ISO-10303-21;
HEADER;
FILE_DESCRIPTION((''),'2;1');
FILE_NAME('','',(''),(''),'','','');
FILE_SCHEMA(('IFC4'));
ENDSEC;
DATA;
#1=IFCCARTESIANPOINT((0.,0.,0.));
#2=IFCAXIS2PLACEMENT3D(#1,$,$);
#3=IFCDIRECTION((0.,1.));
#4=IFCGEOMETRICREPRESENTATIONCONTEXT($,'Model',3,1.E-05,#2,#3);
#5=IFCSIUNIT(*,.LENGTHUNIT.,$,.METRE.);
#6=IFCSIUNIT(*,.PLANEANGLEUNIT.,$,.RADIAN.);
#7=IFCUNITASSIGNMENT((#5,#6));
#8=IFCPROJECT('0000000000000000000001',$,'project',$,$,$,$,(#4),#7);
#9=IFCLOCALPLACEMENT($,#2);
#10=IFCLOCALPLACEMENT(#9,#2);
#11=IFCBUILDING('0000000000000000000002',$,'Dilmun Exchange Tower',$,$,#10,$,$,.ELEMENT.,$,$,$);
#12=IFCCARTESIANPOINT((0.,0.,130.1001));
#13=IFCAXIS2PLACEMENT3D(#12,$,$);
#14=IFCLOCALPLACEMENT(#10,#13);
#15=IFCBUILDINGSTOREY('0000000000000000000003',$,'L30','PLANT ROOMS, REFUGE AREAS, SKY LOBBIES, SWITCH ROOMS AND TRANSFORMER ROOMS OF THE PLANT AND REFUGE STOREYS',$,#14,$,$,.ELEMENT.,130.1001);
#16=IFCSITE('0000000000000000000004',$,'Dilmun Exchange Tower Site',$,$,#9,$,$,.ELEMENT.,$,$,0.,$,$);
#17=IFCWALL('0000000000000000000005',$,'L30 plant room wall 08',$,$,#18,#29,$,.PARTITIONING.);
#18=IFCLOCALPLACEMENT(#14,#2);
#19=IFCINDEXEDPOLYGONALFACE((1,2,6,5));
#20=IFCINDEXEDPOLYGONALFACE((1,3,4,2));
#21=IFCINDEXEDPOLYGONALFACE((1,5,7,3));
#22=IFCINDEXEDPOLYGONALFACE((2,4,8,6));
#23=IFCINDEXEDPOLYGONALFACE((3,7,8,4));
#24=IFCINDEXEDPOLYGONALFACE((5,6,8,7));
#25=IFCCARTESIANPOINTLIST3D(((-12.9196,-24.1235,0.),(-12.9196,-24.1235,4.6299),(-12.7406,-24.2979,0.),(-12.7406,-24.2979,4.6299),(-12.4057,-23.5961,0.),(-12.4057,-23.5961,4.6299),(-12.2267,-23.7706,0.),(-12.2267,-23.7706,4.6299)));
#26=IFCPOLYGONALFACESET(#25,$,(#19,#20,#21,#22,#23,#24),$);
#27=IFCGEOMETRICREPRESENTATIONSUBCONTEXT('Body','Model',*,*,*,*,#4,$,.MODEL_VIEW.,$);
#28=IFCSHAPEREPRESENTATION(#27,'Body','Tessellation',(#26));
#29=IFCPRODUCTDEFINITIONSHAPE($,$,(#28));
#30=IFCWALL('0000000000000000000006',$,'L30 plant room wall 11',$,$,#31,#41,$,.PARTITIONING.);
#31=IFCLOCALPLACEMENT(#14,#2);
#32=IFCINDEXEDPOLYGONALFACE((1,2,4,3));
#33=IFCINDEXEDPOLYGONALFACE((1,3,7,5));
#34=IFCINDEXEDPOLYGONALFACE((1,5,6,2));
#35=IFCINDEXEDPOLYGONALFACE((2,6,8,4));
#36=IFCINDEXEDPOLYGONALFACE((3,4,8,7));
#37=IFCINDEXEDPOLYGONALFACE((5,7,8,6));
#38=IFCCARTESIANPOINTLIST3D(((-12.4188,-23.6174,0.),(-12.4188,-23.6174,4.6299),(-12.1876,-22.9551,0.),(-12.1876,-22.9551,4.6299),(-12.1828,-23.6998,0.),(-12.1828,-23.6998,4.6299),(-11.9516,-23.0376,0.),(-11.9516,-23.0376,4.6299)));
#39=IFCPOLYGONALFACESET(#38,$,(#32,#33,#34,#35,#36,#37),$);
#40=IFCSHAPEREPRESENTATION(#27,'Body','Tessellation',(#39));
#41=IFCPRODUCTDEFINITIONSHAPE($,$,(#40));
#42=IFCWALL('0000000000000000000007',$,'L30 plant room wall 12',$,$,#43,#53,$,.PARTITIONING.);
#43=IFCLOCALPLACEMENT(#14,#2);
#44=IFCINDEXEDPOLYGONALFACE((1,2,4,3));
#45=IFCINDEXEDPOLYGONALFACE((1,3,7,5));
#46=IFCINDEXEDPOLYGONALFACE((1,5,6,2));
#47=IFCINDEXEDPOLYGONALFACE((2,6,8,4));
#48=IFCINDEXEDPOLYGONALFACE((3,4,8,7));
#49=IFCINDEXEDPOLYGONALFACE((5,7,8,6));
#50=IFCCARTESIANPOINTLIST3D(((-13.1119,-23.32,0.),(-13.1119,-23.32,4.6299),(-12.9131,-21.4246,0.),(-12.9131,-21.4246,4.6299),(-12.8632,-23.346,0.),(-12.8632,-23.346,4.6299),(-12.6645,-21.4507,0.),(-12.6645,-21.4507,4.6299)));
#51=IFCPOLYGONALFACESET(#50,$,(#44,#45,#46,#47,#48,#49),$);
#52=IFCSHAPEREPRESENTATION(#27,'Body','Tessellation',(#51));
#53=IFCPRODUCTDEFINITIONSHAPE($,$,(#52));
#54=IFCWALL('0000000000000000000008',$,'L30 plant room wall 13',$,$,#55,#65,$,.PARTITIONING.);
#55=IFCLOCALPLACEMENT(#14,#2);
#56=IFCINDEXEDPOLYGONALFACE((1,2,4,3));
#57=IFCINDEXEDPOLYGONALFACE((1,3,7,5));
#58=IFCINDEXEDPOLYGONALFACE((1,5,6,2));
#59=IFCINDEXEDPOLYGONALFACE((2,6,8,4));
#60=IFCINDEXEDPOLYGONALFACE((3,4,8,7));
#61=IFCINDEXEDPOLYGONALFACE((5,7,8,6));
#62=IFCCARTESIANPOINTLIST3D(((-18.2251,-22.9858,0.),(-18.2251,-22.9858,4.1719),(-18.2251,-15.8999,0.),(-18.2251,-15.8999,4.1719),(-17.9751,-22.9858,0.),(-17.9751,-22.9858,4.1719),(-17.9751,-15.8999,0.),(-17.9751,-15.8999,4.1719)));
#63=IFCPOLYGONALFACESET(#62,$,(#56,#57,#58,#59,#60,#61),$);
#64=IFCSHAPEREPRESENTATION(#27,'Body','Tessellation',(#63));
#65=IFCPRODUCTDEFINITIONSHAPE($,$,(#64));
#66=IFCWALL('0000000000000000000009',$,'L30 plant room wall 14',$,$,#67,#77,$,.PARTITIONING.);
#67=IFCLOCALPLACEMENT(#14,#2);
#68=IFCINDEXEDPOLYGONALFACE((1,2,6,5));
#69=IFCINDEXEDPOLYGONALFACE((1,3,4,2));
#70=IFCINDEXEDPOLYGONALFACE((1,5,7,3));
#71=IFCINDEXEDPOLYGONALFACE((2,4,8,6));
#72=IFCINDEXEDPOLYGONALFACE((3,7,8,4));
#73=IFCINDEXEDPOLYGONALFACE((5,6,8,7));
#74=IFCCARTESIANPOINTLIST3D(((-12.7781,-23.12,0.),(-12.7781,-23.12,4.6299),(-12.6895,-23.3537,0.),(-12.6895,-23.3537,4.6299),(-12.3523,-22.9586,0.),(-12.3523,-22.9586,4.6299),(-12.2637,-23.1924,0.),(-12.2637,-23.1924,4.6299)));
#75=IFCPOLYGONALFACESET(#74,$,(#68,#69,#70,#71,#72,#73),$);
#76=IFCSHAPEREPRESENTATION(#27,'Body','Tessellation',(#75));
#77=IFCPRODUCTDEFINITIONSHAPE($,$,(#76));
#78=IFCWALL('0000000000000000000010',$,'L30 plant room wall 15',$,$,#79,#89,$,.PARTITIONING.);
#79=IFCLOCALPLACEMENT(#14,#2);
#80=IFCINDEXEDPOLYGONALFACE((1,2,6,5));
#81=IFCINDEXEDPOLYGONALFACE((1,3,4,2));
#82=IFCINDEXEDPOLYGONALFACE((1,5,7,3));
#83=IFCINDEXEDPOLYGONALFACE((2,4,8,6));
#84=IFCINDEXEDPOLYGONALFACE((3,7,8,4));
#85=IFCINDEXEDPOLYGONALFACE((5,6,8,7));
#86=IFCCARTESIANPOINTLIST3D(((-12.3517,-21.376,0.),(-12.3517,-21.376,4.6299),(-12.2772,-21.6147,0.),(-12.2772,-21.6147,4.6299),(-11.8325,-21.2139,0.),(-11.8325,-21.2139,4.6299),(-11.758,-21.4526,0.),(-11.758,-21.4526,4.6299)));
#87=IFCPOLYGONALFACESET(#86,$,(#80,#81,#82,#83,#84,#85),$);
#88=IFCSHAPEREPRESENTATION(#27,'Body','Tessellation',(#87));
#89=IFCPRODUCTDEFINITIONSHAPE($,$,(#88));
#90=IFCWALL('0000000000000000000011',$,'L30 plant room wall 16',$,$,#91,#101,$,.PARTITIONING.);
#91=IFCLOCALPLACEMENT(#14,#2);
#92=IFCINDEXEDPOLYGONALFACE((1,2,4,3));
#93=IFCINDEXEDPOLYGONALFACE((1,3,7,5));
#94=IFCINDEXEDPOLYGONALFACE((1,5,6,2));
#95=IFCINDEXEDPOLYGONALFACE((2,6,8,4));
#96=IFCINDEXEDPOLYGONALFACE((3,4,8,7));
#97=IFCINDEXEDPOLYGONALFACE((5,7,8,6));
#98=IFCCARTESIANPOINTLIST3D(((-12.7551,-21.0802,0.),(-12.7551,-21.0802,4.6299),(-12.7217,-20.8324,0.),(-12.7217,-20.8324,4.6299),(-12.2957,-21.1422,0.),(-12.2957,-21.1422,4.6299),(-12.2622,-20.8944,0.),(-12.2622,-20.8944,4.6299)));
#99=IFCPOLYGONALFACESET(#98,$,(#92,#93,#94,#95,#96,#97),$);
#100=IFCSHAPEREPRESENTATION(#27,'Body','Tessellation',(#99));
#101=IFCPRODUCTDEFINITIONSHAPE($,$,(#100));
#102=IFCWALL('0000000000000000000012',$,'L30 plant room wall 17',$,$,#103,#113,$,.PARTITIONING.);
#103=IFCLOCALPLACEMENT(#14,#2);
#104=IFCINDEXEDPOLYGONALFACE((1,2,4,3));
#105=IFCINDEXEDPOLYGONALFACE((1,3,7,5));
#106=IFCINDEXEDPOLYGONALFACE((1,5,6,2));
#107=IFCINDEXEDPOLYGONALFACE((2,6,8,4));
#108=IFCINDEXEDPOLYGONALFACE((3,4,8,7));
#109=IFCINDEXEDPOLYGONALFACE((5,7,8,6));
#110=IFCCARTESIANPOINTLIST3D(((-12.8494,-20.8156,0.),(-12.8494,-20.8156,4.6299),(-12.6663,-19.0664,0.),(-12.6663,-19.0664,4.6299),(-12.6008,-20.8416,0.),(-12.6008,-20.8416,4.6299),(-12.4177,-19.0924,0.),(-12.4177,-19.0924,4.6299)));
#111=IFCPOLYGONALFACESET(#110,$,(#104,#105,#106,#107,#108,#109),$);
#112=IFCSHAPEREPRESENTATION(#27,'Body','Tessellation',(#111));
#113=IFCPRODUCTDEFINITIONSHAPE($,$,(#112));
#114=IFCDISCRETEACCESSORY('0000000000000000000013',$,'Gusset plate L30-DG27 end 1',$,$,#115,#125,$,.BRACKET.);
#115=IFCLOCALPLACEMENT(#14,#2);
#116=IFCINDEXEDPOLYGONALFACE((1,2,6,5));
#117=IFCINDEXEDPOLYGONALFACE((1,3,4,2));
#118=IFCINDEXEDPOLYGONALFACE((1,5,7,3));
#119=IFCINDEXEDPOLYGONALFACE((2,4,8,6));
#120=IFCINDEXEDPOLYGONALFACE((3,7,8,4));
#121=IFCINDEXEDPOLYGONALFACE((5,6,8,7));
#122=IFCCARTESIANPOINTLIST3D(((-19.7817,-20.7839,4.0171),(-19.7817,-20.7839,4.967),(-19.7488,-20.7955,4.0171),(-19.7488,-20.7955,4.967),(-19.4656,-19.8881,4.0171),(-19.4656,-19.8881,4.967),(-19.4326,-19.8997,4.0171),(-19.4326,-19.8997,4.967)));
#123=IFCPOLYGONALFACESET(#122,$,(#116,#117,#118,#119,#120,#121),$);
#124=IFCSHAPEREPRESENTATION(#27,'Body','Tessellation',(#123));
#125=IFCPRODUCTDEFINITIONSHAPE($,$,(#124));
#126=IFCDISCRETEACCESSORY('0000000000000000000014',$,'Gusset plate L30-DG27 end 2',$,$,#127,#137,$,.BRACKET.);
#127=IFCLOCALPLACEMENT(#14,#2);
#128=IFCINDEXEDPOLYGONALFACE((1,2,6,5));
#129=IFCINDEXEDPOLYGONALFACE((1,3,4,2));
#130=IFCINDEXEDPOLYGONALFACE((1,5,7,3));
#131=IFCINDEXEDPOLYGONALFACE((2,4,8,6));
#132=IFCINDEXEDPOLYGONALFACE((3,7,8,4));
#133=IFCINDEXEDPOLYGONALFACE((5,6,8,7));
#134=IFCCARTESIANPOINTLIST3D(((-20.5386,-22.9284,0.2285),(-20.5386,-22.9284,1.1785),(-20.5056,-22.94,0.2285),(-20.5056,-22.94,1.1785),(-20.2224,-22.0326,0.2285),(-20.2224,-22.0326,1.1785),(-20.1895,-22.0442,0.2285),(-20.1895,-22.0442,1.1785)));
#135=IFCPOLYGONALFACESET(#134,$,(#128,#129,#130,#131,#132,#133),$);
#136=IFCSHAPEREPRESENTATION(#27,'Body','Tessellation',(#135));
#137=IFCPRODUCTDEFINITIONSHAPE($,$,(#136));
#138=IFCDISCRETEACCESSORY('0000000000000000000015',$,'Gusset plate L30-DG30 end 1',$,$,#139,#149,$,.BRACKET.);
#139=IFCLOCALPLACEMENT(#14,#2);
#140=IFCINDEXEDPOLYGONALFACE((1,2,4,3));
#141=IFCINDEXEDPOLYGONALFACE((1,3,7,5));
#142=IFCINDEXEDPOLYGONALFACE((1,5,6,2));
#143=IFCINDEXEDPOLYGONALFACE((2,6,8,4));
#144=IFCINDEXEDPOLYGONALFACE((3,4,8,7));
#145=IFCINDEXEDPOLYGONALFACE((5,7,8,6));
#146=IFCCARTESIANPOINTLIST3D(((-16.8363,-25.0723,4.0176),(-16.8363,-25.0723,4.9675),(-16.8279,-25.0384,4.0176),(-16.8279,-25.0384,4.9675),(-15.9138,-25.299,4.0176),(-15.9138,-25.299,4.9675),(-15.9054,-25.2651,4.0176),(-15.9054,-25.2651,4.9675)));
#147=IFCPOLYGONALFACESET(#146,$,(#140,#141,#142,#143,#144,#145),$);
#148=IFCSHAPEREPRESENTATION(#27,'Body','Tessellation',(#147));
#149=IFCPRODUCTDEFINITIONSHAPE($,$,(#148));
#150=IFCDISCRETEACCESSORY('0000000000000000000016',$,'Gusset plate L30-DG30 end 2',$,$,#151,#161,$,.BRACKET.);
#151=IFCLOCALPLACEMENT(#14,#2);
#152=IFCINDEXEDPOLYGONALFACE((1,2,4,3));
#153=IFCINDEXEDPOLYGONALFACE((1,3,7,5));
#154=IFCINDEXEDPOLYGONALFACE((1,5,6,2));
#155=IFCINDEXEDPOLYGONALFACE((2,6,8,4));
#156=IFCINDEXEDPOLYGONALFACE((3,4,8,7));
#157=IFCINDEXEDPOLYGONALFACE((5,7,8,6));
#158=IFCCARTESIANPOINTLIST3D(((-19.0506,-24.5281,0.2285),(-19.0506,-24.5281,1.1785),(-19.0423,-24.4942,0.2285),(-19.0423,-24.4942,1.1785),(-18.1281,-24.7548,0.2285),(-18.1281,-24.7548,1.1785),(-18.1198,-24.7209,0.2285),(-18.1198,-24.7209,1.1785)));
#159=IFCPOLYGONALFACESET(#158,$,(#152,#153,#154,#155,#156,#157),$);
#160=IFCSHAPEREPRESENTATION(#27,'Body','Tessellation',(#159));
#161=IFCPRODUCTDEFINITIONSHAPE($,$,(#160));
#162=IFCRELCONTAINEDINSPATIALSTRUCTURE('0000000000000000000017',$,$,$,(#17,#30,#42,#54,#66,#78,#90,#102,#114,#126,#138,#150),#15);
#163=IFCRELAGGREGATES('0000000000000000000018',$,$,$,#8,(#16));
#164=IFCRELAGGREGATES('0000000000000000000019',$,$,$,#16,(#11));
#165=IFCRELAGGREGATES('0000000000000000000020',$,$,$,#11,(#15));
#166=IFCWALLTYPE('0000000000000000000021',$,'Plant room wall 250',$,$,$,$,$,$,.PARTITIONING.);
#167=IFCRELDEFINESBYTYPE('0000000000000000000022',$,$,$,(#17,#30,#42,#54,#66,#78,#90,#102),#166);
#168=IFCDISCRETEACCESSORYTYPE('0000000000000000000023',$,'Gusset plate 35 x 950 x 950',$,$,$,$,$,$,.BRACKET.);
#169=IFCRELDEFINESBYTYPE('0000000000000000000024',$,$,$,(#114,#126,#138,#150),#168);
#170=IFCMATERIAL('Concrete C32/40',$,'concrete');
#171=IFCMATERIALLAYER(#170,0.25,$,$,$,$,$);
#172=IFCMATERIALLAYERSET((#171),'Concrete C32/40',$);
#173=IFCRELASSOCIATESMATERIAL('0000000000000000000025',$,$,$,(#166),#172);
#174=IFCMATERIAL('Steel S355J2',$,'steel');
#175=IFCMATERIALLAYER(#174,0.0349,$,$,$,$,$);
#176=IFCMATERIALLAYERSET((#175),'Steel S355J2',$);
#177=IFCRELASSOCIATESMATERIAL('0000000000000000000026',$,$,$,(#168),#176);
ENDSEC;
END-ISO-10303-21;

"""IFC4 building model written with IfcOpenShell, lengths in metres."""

from ifc_helpers import new_model, si_unit, direction, frame, frame_2d, origin, origin_2d, place, context, subcontext, project, spatial, rectangle, extrude, material, layer, layer_set, type_object, element, save


model = new_model("IFC4")

# Units and contexts
model_context = context("Model", 3, precision=1e-05, world=origin(), true_north=direction((0.0, 1.0)))
body_context = subcontext(model_context, "Body", "Model", "MODEL_VIEW")
ifc_project = project(units=[si_unit("LENGTHUNIT", "METRE"), si_unit("PLANEANGLEUNIT", "RADIAN")], contexts=[model_context])

# Site, building, storey
site_placement = place(None, origin())
site = spatial("IfcSite", under=ifc_project, at=site_placement, Name="Dilmun Exchange Tower Site", CompositionType="ELEMENT", RefElevation=0.0)
building_placement = place(site_placement, origin())
building = spatial("IfcBuilding", under=site, at=building_placement, Name="Dilmun Exchange Tower", CompositionType="ELEMENT")
storey_placement = place(building_placement, frame((0.0, 0.0, 130.1001)))
storey = spatial("IfcBuildingStorey", under=building, at=storey_placement, Name="L30", Description="PLANT ROOMS, REFUGE AREAS, SKY LOBBIES, SWITCH ROOMS AND TRANSFORMER ROOMS OF THE PLANT AND REFUGE STOREYS", CompositionType="ELEMENT", Elevation=130.1001)

# Walls
ifc_material_1 = material(Name="Concrete C32/40", Category="concrete")
ifc_layer_1 = layer(ifc_material_1, 0.25)
ifc_layer_set_1 = layer_set([ifc_layer_1], Name="Concrete C32/40")
wall_type = type_object("IfcWallType", Name="Plant room wall 250", PredefinedType="PARTITIONING", material=ifc_layer_set_1)
wall_1_placement = place(storey_placement, frame((-12.8301, -24.2107, 0.0), z_axis=(0.0, 0.0, 1.0), x_axis=(0.69793, 0.716166, 0.0)))
element("IfcWall", 1, at=wall_1_placement, inside=storey, type_object=wall_type, Name="L30 plant room wall 08", PredefinedType="PARTITIONING", context=body_context, shape_type="SweptSolid", body=[
    extrude(rectangle(XDim=0.7363, YDim=0.25, at=frame_2d((0.3682, 0.0))), origin(), (0.0, 0.0, 1.0), 4.6299),
])
wall_2_placement = place(storey_placement, frame((-12.3008, -23.6584, 0.0), z_axis=(0.0, 0.0, 1.0), x_axis=(0.329668, 0.944097, 0.0)))
element("IfcWall", 2, at=wall_2_placement, inside=storey, type_object=wall_type, Name="L30 plant room wall 11", PredefinedType="PARTITIONING", context=body_context, shape_type="SweptSolid", body=[
    extrude(rectangle(XDim=0.7014, YDim=0.25, at=frame_2d((0.3506, 0.0))), origin(), (0.0, 0.0, 1.0), 4.6299),
])
wall_3_placement = place(storey_placement, frame((-12.9875, -23.333, 0.0), z_axis=(0.0, 0.0, 1.0), x_axis=(0.104285, 0.994547, 0.0)))
element("IfcWall", 3, at=wall_3_placement, inside=storey, type_object=wall_type, Name="L30 plant room wall 12", PredefinedType="PARTITIONING", context=body_context, shape_type="SweptSolid", body=[
    extrude(rectangle(XDim=1.9058, YDim=0.25, at=frame_2d((0.9529, 0.0))), origin(), (0.0, 0.0, 1.0), 4.6299),
])
wall_4_placement = place(storey_placement, frame((-18.1001, -22.9858, 0.0), z_axis=(0.0, 0.0, 1.0), x_axis=(0.0, 1.0, 0.0)))
element("IfcWall", 4, at=wall_4_placement, inside=storey, type_object=wall_type, Name="L30 plant room wall 13", PredefinedType="PARTITIONING", context=body_context, shape_type="SweptSolid", body=[
    extrude(rectangle(XDim=7.0859, YDim=0.25, at=frame_2d((3.543, 0.0))), origin(), (0.0, 0.0, 1.0), 4.1719),
])
wall_5_placement = place(storey_placement, frame((-12.7336, -23.2368, 0.0), z_axis=(0.0, 0.0, 1.0), x_axis=(0.935089, 0.354412, 0.0)))
element("IfcWall", 5, at=wall_5_placement, inside=storey, type_object=wall_type, Name="L30 plant room wall 14", PredefinedType="PARTITIONING", context=body_context, shape_type="SweptSolid", body=[
    extrude(rectangle(XDim=0.4553, YDim=0.25, at=frame_2d((0.2275, 0.0))), origin(), (0.0, 0.0, 1.0), 4.6299),
])
wall_6_placement = place(storey_placement, frame((-12.3145, -21.4954, 0.0), z_axis=(0.0, 0.0, 1.0), x_axis=(0.954568, 0.297994, 0.0)))
element("IfcWall", 6, at=wall_6_placement, inside=storey, type_object=wall_type, Name="L30 plant room wall 15", PredefinedType="PARTITIONING", context=body_context, shape_type="SweptSolid", body=[
    extrude(rectangle(XDim=0.5439, YDim=0.25, at=frame_2d((0.272, 0.0))), origin(), (0.0, 0.0, 1.0), 4.6299),
])
wall_7_placement = place(storey_placement, frame((-12.7385, -20.9563, 0.0), z_axis=(0.0, 0.0, 1.0), x_axis=(0.991015, -0.13375, 0.0)))
element("IfcWall", 7, at=wall_7_placement, inside=storey, type_object=wall_type, Name="L30 plant room wall 16", PredefinedType="PARTITIONING", context=body_context, shape_type="SweptSolid", body=[
    extrude(rectangle(XDim=0.4636, YDim=0.25, at=frame_2d((0.2319, 0.0))), origin(), (0.0, 0.0, 1.0), 4.6299),
])
wall_8_placement = place(storey_placement, frame((-12.7251, -20.8286, 0.0), z_axis=(0.0, 0.0, 1.0), x_axis=(0.104107, 0.994566, 0.0)))
element("IfcWall", 8, at=wall_8_placement, inside=storey, type_object=wall_type, Name="L30 plant room wall 17", PredefinedType="PARTITIONING", context=body_context, shape_type="SweptSolid", body=[
    extrude(rectangle(XDim=1.7588, YDim=0.25, at=frame_2d((0.8794, 0.0))), origin(), (0.0, 0.0, 1.0), 4.6299),
])

# Discrete accessories
ifc_material_2 = material(Name="Steel S355J2", Category="steel")
ifc_layer_2 = layer(ifc_material_2, 0.0349)
ifc_layer_set_2 = layer_set([ifc_layer_2], Name="Steel S355J2")
discrete_accessory_type = type_object("IfcDiscreteAccessoryType", Name="Gusset plate 35 x 950 x 950", PredefinedType="BRACKET", material=ifc_layer_set_2)
for number, where, z_axis, x_axis, name in (
    (9, (-19.6072, -20.3418, 4.0171), (0.0, 0.0, 1.0), (-0.332818, -0.942991, 0.0), "Gusset plate L30-DG27 end 1"),
    (10, (-20.364, -22.4863, 0.2285), (0.0, 0.0, 1.0), (-0.332818, -0.942991, 0.0), "Gusset plate L30-DG27 end 2"),
    (11, (-16.3708, -25.1687, 4.0176), (0.0, 0.0, 1.0), (-0.971099, 0.238676, 0.0), "Gusset plate L30-DG30 end 1"),
    (12, (-18.5852, -24.6245, 0.2285), (0.0, 0.0, 1.0), (-0.971099, 0.238676, 0.0), "Gusset plate L30-DG30 end 2"),
):
    element("IfcDiscreteAccessory", number, at=place(storey_placement, frame(where, z_axis=z_axis, x_axis=x_axis)), inside=storey, type_object=discrete_accessory_type, Name=name, PredefinedType="BRACKET", context=body_context, shape_type="SweptSolid", body=[
        extrude(rectangle(XDim=0.95, YDim=0.0349, at=origin_2d()), origin(), (0.0, 0.0, 1.0), 0.95),
    ])

save(model, "model.ifc")
